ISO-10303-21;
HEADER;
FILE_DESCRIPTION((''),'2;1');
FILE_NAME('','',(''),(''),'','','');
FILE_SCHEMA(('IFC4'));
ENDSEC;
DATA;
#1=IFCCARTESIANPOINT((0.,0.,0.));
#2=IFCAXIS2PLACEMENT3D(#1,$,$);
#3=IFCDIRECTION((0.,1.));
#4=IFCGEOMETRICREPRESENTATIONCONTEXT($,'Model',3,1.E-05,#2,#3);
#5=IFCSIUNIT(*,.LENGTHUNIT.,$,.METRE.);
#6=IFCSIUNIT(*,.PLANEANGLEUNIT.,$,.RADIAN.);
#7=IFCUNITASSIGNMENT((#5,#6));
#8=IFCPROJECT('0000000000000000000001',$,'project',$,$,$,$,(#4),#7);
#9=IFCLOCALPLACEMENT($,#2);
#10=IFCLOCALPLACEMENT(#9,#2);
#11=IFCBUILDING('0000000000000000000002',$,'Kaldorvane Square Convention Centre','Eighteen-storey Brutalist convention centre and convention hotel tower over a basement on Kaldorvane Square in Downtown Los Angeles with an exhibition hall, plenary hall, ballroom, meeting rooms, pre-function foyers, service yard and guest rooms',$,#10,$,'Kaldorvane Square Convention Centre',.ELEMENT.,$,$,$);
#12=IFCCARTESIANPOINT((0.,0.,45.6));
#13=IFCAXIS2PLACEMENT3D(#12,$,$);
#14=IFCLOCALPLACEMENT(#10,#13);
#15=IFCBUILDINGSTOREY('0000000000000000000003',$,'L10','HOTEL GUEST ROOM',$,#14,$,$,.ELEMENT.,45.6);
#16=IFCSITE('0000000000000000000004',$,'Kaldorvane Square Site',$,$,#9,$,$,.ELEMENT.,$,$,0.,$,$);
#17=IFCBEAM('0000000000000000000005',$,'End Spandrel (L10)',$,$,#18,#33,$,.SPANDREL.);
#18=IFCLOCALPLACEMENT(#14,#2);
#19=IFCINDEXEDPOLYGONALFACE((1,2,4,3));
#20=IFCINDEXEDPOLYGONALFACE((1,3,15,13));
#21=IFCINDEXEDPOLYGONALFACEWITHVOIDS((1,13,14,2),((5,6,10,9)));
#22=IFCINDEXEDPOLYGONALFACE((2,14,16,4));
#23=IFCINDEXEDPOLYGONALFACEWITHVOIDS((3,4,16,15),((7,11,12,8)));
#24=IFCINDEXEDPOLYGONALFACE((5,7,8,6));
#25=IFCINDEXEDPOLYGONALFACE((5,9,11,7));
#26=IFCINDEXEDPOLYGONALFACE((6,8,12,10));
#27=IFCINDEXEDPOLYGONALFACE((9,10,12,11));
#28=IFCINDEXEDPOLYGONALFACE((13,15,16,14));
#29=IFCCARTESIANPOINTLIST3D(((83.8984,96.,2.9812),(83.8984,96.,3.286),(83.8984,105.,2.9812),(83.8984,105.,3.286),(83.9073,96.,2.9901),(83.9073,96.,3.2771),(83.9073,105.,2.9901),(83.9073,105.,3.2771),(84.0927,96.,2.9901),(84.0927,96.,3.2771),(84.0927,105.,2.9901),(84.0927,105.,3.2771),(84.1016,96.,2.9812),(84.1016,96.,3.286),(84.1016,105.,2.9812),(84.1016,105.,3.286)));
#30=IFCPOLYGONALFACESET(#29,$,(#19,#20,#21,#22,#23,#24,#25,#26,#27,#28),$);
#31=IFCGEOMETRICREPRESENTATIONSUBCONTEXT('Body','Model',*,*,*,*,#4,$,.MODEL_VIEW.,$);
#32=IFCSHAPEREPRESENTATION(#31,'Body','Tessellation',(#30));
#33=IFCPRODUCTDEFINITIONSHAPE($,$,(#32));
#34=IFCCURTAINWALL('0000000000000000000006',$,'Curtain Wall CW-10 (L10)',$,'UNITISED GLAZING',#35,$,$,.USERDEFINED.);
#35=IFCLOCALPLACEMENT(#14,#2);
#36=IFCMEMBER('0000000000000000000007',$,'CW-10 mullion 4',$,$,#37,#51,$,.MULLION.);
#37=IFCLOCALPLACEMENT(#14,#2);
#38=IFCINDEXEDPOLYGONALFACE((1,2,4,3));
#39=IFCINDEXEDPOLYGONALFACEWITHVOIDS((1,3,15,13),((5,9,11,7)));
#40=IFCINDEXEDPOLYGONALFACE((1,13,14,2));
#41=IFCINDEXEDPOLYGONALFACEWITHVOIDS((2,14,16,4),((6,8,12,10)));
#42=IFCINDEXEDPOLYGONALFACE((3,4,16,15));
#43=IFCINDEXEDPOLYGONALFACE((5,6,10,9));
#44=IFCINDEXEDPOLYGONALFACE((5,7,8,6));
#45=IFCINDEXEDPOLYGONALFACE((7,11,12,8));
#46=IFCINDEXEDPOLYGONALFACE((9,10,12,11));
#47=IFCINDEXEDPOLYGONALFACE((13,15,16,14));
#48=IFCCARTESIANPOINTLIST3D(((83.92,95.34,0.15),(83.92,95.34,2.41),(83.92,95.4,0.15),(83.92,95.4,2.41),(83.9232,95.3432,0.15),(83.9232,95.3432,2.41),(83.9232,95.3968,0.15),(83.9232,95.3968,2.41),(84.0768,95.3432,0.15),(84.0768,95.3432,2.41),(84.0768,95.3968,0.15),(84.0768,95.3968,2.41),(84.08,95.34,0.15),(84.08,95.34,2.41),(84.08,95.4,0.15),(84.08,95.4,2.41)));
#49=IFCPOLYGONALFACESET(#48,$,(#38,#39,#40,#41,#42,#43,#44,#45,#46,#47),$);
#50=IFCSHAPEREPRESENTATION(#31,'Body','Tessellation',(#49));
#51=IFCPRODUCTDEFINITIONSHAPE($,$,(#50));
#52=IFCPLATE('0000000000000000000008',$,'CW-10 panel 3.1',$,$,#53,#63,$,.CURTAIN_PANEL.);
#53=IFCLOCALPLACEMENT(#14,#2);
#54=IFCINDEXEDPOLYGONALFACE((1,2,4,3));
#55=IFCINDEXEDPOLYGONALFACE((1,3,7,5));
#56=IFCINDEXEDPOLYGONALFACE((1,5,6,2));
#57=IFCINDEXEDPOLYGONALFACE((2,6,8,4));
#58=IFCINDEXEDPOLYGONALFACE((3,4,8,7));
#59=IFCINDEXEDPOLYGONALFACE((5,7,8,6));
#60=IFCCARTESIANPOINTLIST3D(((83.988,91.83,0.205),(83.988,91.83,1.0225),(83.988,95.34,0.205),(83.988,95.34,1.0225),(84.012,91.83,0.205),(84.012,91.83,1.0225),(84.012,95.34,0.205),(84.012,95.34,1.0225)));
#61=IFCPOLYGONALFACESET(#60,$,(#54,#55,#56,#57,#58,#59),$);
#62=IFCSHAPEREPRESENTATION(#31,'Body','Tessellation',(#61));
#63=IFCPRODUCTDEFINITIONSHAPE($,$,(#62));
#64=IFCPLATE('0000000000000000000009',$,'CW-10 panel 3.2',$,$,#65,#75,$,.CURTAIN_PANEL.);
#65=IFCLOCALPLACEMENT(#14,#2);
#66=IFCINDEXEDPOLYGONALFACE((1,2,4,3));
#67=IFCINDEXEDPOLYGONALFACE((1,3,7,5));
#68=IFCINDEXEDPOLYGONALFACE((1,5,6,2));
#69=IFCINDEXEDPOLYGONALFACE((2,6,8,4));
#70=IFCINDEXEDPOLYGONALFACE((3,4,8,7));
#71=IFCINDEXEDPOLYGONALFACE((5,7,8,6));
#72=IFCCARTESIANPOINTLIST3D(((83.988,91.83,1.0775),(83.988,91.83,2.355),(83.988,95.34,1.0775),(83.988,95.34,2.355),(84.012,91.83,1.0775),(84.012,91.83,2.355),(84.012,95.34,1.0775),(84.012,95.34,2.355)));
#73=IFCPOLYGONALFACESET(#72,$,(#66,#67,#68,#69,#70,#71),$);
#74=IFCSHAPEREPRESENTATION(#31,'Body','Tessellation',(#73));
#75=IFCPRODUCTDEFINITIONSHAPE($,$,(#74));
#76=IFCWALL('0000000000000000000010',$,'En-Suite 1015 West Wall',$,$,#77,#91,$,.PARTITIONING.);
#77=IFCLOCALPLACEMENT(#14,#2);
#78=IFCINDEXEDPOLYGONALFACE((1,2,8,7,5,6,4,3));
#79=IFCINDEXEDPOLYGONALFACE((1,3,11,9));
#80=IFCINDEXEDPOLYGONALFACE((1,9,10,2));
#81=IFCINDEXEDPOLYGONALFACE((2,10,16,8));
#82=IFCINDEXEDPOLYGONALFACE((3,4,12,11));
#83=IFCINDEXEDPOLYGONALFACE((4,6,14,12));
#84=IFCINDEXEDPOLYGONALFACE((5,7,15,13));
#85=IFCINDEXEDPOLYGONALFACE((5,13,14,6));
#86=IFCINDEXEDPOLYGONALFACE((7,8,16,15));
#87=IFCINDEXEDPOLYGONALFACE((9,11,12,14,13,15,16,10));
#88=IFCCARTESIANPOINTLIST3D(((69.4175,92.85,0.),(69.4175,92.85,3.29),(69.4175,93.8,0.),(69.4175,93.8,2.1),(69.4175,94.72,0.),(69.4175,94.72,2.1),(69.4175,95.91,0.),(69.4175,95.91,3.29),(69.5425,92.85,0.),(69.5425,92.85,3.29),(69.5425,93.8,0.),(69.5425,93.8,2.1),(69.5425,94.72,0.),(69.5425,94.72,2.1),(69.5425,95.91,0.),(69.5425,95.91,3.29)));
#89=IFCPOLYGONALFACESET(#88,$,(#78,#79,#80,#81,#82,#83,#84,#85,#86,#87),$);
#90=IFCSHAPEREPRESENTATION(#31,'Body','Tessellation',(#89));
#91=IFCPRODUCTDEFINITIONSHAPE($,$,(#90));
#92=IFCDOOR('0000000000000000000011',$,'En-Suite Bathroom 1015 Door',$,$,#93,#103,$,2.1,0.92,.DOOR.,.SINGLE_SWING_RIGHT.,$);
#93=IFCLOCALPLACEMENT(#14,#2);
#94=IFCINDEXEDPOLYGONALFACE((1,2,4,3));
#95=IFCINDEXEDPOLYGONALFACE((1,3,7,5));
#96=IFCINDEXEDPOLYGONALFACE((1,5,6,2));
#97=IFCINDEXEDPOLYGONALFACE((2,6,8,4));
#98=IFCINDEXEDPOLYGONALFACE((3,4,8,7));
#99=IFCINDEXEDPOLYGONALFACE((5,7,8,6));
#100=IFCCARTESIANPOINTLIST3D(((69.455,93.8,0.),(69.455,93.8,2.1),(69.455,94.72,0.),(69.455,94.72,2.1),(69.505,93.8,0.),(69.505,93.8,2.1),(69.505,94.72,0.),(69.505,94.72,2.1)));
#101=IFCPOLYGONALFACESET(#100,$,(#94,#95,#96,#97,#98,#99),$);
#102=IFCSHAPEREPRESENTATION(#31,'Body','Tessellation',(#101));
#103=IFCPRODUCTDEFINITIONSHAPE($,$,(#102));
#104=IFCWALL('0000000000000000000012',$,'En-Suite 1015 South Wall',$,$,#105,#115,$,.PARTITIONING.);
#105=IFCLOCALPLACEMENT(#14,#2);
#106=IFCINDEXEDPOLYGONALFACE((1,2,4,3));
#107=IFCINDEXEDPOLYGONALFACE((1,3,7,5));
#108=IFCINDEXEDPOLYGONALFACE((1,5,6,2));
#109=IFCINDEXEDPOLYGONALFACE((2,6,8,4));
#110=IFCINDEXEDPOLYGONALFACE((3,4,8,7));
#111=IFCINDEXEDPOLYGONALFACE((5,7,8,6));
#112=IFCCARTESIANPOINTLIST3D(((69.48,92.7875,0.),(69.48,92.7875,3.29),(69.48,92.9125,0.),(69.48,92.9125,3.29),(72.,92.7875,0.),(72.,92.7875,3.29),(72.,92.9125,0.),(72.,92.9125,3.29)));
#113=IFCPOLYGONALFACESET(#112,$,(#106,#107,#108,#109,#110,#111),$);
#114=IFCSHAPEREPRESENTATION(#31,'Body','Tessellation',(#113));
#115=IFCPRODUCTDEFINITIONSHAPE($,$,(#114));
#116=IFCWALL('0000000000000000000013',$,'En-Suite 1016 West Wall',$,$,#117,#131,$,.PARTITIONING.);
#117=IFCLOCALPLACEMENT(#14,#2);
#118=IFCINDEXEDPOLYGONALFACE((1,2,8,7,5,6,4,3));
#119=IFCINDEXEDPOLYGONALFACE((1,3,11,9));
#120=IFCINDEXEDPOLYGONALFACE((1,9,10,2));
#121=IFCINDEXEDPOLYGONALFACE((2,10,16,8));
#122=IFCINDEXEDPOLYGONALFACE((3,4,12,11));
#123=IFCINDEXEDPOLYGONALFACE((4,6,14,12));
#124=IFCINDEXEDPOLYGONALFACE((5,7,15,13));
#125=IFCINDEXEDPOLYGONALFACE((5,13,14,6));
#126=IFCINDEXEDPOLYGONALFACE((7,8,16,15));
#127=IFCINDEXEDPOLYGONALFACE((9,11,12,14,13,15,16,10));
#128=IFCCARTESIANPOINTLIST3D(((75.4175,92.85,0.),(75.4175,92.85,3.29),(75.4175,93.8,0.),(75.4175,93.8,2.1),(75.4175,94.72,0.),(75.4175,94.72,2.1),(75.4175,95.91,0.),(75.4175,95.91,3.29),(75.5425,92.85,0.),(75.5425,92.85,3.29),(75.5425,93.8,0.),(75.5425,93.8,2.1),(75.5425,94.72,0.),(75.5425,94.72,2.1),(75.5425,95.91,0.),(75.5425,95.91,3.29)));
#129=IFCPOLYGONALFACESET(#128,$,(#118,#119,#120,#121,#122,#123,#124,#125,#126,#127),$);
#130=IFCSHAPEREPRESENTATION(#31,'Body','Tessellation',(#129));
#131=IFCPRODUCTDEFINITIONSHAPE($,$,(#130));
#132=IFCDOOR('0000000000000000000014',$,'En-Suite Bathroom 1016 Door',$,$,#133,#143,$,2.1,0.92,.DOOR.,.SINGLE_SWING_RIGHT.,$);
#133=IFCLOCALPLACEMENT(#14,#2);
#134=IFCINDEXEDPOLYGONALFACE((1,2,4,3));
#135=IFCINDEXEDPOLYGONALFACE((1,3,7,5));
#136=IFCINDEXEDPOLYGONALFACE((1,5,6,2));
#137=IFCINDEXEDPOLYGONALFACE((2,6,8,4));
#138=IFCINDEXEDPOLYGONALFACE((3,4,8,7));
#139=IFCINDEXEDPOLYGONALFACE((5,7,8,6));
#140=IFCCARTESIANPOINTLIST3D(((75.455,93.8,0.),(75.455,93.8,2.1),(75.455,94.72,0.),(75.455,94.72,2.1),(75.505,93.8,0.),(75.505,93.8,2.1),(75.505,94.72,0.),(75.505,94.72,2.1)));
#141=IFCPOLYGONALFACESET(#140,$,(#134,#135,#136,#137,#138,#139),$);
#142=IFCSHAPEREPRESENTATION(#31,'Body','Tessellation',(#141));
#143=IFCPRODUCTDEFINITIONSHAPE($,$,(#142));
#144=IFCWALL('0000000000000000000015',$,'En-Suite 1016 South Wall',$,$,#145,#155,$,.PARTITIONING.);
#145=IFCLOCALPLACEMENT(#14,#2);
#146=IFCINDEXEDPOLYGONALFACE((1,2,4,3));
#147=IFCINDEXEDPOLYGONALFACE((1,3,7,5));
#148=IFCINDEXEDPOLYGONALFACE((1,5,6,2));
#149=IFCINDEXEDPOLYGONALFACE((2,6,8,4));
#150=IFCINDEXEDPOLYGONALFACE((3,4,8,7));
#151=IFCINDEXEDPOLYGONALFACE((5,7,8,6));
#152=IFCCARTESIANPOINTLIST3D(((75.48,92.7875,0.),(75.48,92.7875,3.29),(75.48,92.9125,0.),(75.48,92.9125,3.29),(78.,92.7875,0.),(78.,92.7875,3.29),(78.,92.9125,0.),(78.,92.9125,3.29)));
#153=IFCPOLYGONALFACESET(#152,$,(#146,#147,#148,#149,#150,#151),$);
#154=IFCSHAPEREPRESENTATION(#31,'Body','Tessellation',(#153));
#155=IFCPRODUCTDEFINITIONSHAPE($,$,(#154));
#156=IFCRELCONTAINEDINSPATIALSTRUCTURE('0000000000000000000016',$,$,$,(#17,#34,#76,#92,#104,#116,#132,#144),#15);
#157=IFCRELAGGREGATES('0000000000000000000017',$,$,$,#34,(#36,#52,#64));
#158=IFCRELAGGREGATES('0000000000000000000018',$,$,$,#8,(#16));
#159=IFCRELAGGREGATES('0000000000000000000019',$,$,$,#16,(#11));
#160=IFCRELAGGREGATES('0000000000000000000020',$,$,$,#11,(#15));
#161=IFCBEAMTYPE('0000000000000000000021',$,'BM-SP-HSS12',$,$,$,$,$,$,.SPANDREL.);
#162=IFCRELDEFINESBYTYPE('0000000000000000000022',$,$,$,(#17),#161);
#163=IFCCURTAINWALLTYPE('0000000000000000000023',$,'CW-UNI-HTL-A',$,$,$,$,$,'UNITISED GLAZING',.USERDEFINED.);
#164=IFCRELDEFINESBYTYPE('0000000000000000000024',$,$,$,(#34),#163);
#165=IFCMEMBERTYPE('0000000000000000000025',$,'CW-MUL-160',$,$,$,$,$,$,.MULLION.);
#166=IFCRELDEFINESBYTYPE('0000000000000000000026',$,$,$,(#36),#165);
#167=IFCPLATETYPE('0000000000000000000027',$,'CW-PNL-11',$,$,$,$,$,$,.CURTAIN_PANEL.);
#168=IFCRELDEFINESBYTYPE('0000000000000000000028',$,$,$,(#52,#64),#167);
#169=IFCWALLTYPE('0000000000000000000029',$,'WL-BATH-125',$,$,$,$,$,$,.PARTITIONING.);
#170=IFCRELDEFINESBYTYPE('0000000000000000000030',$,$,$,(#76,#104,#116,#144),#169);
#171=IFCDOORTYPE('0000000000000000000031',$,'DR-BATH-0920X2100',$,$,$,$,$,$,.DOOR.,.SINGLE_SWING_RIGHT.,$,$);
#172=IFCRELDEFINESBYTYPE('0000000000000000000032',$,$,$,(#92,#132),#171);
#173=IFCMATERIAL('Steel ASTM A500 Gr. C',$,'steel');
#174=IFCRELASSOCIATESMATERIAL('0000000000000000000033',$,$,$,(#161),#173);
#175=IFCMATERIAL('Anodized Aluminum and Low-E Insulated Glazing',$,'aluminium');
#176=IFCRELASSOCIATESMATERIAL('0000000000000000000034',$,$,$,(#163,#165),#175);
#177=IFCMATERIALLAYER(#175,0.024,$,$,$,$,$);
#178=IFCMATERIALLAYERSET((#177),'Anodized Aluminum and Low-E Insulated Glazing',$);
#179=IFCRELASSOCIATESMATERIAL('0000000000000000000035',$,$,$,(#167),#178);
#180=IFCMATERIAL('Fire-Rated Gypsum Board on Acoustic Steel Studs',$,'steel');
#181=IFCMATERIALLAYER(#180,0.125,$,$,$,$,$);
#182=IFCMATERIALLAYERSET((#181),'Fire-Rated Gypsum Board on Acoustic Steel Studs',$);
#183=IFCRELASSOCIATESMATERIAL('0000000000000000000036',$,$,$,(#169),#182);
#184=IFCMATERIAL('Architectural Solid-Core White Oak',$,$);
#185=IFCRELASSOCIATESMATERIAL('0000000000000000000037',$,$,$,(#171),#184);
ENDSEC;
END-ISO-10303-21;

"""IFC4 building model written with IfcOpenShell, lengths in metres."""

from ifc_helpers import new_model, si_unit, direction, frame, frame_2d, origin, origin_2d, place, context, subcontext, project, spatial, rectangle, hollow_rectangle, extrude, material, layer, layer_set, material_profile, profile_set, type_object, element, fill, aggregate, save


model = new_model("IFC4")

# Units and contexts
model_context = context("Model", 3, precision=1e-05, world=origin(), true_north=direction((0.0, 1.0)))
body_context = subcontext(model_context, "Body", "Model", "MODEL_VIEW")
ifc_project = project(units=[si_unit("LENGTHUNIT", "METRE"), si_unit("PLANEANGLEUNIT", "RADIAN")], contexts=[model_context])

# Site, building, storey
site_placement = place(None, origin())
site = spatial("IfcSite", under=ifc_project, at=site_placement, Name="Kaldorvane Square Site", CompositionType="ELEMENT", RefElevation=0.0)
building_placement = place(site_placement, origin())
building = spatial("IfcBuilding", under=site, at=building_placement, Name="Kaldorvane Square Convention Centre", Description="Eighteen-storey Brutalist convention centre and convention hotel tower over a basement on Kaldorvane Square in Downtown Los Angeles with an exhibition hall, plenary hall, ballroom, meeting rooms, pre-function foyers, service yard and guest rooms", LongName="Kaldorvane Square Convention Centre", CompositionType="ELEMENT")
storey_placement = place(building_placement, frame((0.0, 0.0, 45.6)))
storey = spatial("IfcBuildingStorey", under=building, at=storey_placement, Name="L10", Description="HOTEL GUEST ROOM", CompositionType="ELEMENT", Elevation=45.6)

# Beam
ifc_material_1 = material(Name="Steel ASTM A500 Gr. C", Category="steel")
ifc_material_profile_1 = material_profile(ifc_material_1, hollow_rectangle(XDim=0.2032, YDim=0.3048, WallThickness=0.0089, at=origin_2d()), Name="HSS12X8X3/8")
ifc_profile_set_1 = profile_set([ifc_material_profile_1], Name="Steel ASTM A500 Gr. C")
beam_type_1 = type_object("IfcBeamType", Name="BM-SP-HSS12", PredefinedType="SPANDREL", material=ifc_profile_set_1)
beam_1_placement = place(storey_placement, frame((84.0, 96.0, 3.1336), z_axis=(0.0, 1.0, 0.0), x_axis=(-1.0, 0.0, 0.0)))
element("IfcBeam", 1, at=beam_1_placement, inside=storey, type_object=beam_type_1, Name="End Spandrel (L10)", PredefinedType="SPANDREL", context=body_context, shape_type="SweptSolid", body=[
    extrude(hollow_rectangle(XDim=0.2032, YDim=0.3048, WallThickness=0.0089, at=origin_2d()), origin(), (0.0, 0.0, 1.0), 9.0),
])

# Curtain wall, member, plates
ifc_material_2 = material(Name="Anodized Aluminum and Low-E Insulated Glazing", Category="aluminium")
curtain_wall_type = type_object("IfcCurtainWallType", Name="CW-UNI-HTL-A", ElementType="UNITISED GLAZING", PredefinedType="USERDEFINED", material=ifc_material_2)
curtain_wall_placement = place(storey_placement, origin())
curtain_wall = element("IfcCurtainWall", 2, at=curtain_wall_placement, inside=storey, type_object=curtain_wall_type, Name="Curtain Wall CW-10 (L10)", ObjectType="UNITISED GLAZING", PredefinedType="USERDEFINED")
ifc_material_profile_2 = material_profile(ifc_material_2, hollow_rectangle(XDim=0.06, YDim=0.16, WallThickness=0.0032, at=origin_2d()), Name="CWM-160X60")
ifc_profile_set_2 = profile_set([ifc_material_profile_2], Name="Anodized Aluminum and Low-E Insulated Glazing")
member_type = type_object("IfcMemberType", Name="CW-MUL-160", PredefinedType="MULLION", material=ifc_profile_set_2)
member_placement = place(storey_placement, frame((84.0, 95.37, 0.15), z_axis=(0.0, 0.0, 1.0), x_axis=(0.0, 1.0, 0.0)))
member = element("IfcMember", 3, at=member_placement, type_object=member_type, Name="CW-10 mullion 4", PredefinedType="MULLION", context=body_context, shape_type="SweptSolid", body=[
    extrude(hollow_rectangle(XDim=0.06, YDim=0.16, WallThickness=0.0032, at=origin_2d()), origin(), (0.0, 0.0, 1.0), 2.26),
])
ifc_layer_1 = layer(ifc_material_2, 0.024)
ifc_layer_set_1 = layer_set([ifc_layer_1], Name="Anodized Aluminum and Low-E Insulated Glazing")
plate_type = type_object("IfcPlateType", Name="CW-PNL-11", PredefinedType="CURTAIN_PANEL", material=ifc_layer_set_1)
plate_1_placement = place(storey_placement, frame((84.0, 93.585, 0.205), z_axis=(0.0, 0.0, 1.0), x_axis=(0.0, 1.0, 0.0)))
plate_1 = element("IfcPlate", 4, at=plate_1_placement, type_object=plate_type, Name="CW-10 panel 3.1", PredefinedType="CURTAIN_PANEL", context=body_context, shape_type="SweptSolid", body=[
    extrude(rectangle(XDim=3.51, YDim=0.024, at=origin_2d()), origin(), (0.0, 0.0, 1.0), 0.8175),
])
plate_2_placement = place(storey_placement, frame((84.0, 93.585, 1.0775), z_axis=(0.0, 0.0, 1.0), x_axis=(0.0, 1.0, 0.0)))
plate_2 = element("IfcPlate", 5, at=plate_2_placement, type_object=plate_type, Name="CW-10 panel 3.2", PredefinedType="CURTAIN_PANEL", context=body_context, shape_type="SweptSolid", body=[
    extrude(rectangle(XDim=3.51, YDim=0.024, at=origin_2d()), origin(), (0.0, 0.0, 1.0), 1.2775),
])
aggregate(curtain_wall, [member, plate_1, plate_2])

# Wall, opening, door
ifc_material_3 = material(Name="Fire-Rated Gypsum Board on Acoustic Steel Studs", Category="steel")
ifc_layer_2 = layer(ifc_material_3, 0.125)
ifc_layer_set_2 = layer_set([ifc_layer_2], Name="Fire-Rated Gypsum Board on Acoustic Steel Studs")
wall_type_1 = type_object("IfcWallType", Name="WL-BATH-125", PredefinedType="PARTITIONING", material=ifc_layer_set_2)
wall_1_placement = place(storey_placement, frame((69.48, 92.85, 0.0), z_axis=(0.0, 0.0, 1.0), x_axis=(0.0, 1.0, 0.0)))
wall_1 = element("IfcWall", 6, at=wall_1_placement, inside=storey, type_object=wall_type_1, Name="En-Suite 1015 West Wall", PredefinedType="PARTITIONING", context=body_context, shape_type="SweptSolid", body=[
    extrude(rectangle(XDim=3.06, YDim=0.125, at=frame_2d((1.53, 0.0))), origin(), (0.0, 0.0, 1.0), 3.29),
])
opening_1_placement = place(wall_1_placement, frame((0.95, 0.0, 0.0)))
opening_1 = element("IfcOpeningElement", 7, at=opening_1_placement, cuts=wall_1, PredefinedType="OPENING", context=body_context, shape_type="SweptSolid", body=[
    extrude(rectangle(XDim=0.92, YDim=2.1, at=frame_2d((0.46, 1.05))), frame((0.0, 0.0775, 0.0), z_axis=(0.0, -1.0, 0.0), x_axis=(1.0, 0.0, 0.0)), (0.0, 0.0, 1.0), 0.155),
])
ifc_material_4 = material(Name="Architectural Solid-Core White Oak")
door_type_1 = type_object("IfcDoorType", Name="DR-BATH-0920X2100", OperationType="SINGLE_SWING_RIGHT", PredefinedType="DOOR", material=ifc_material_4)
door_1_placement = place(opening_1_placement, origin())
door_1 = element("IfcDoor", 8, at=door_1_placement, inside=storey, type_object=door_type_1, Name="En-Suite Bathroom 1015 Door", OperationType="SINGLE_SWING_RIGHT", OverallHeight=2.1, OverallWidth=0.92, PredefinedType="DOOR", context=body_context, shape_type="SweptSolid", body=[
    extrude(rectangle(XDim=0.92, YDim=2.1, at=frame_2d((0.46, 1.05))), frame((0.0, 0.025, 0.0), z_axis=(0.0, -1.0, 0.0), x_axis=(1.0, 0.0, 0.0)), (0.0, 0.0, 1.0), 0.05),
])
fill(opening_1, door_1)

# Wall
wall_2_placement = place(storey_placement, frame((69.48, 92.85, 0.0), z_axis=(0.0, 0.0, 1.0), x_axis=(1.0, 0.0, 0.0)))
element("IfcWall", 9, at=wall_2_placement, inside=storey, type_object=wall_type_1, Name="En-Suite 1015 South Wall", PredefinedType="PARTITIONING", context=body_context, shape_type="SweptSolid", body=[
    extrude(rectangle(XDim=2.52, YDim=0.125, at=frame_2d((1.26, 0.0))), origin(), (0.0, 0.0, 1.0), 3.29),
])

# Wall, opening, door
wall_3_placement = place(storey_placement, frame((75.48, 92.85, 0.0), z_axis=(0.0, 0.0, 1.0), x_axis=(0.0, 1.0, 0.0)))
wall_3 = element("IfcWall", 10, at=wall_3_placement, inside=storey, type_object=wall_type_1, Name="En-Suite 1016 West Wall", PredefinedType="PARTITIONING", context=body_context, shape_type="SweptSolid", body=[
    extrude(rectangle(XDim=3.06, YDim=0.125, at=frame_2d((1.53, 0.0))), origin(), (0.0, 0.0, 1.0), 3.29),
])
opening_2_placement = place(wall_3_placement, frame((0.95, 0.0, 0.0)))
opening_2 = element("IfcOpeningElement", 11, at=opening_2_placement, cuts=wall_3, PredefinedType="OPENING", context=body_context, shape_type="SweptSolid", body=[
    extrude(rectangle(XDim=0.92, YDim=2.1, at=frame_2d((0.46, 1.05))), frame((0.0, 0.0775, 0.0), z_axis=(0.0, -1.0, 0.0), x_axis=(1.0, 0.0, 0.0)), (0.0, 0.0, 1.0), 0.155),
])
door_2_placement = place(opening_2_placement, origin())
door_2 = element("IfcDoor", 12, at=door_2_placement, inside=storey, type_object=door_type_1, Name="En-Suite Bathroom 1016 Door", OperationType="SINGLE_SWING_RIGHT", OverallHeight=2.1, OverallWidth=0.92, PredefinedType="DOOR", context=body_context, shape_type="SweptSolid", body=[
    extrude(rectangle(XDim=0.92, YDim=2.1, at=frame_2d((0.46, 1.05))), frame((0.0, 0.025, 0.0), z_axis=(0.0, -1.0, 0.0), x_axis=(1.0, 0.0, 0.0)), (0.0, 0.0, 1.0), 0.05),
])
fill(opening_2, door_2)

# Wall
wall_4_placement = place(storey_placement, frame((75.48, 92.85, 0.0), z_axis=(0.0, 0.0, 1.0), x_axis=(1.0, 0.0, 0.0)))
element("IfcWall", 13, at=wall_4_placement, inside=storey, type_object=wall_type_1, Name="En-Suite 1016 South Wall", PredefinedType="PARTITIONING", context=body_context, shape_type="SweptSolid", body=[
    extrude(rectangle(XDim=2.52, YDim=0.125, at=frame_2d((1.26, 0.0))), origin(), (0.0, 0.0, 1.0), 3.29),
])

save(model, "model.ifc")
